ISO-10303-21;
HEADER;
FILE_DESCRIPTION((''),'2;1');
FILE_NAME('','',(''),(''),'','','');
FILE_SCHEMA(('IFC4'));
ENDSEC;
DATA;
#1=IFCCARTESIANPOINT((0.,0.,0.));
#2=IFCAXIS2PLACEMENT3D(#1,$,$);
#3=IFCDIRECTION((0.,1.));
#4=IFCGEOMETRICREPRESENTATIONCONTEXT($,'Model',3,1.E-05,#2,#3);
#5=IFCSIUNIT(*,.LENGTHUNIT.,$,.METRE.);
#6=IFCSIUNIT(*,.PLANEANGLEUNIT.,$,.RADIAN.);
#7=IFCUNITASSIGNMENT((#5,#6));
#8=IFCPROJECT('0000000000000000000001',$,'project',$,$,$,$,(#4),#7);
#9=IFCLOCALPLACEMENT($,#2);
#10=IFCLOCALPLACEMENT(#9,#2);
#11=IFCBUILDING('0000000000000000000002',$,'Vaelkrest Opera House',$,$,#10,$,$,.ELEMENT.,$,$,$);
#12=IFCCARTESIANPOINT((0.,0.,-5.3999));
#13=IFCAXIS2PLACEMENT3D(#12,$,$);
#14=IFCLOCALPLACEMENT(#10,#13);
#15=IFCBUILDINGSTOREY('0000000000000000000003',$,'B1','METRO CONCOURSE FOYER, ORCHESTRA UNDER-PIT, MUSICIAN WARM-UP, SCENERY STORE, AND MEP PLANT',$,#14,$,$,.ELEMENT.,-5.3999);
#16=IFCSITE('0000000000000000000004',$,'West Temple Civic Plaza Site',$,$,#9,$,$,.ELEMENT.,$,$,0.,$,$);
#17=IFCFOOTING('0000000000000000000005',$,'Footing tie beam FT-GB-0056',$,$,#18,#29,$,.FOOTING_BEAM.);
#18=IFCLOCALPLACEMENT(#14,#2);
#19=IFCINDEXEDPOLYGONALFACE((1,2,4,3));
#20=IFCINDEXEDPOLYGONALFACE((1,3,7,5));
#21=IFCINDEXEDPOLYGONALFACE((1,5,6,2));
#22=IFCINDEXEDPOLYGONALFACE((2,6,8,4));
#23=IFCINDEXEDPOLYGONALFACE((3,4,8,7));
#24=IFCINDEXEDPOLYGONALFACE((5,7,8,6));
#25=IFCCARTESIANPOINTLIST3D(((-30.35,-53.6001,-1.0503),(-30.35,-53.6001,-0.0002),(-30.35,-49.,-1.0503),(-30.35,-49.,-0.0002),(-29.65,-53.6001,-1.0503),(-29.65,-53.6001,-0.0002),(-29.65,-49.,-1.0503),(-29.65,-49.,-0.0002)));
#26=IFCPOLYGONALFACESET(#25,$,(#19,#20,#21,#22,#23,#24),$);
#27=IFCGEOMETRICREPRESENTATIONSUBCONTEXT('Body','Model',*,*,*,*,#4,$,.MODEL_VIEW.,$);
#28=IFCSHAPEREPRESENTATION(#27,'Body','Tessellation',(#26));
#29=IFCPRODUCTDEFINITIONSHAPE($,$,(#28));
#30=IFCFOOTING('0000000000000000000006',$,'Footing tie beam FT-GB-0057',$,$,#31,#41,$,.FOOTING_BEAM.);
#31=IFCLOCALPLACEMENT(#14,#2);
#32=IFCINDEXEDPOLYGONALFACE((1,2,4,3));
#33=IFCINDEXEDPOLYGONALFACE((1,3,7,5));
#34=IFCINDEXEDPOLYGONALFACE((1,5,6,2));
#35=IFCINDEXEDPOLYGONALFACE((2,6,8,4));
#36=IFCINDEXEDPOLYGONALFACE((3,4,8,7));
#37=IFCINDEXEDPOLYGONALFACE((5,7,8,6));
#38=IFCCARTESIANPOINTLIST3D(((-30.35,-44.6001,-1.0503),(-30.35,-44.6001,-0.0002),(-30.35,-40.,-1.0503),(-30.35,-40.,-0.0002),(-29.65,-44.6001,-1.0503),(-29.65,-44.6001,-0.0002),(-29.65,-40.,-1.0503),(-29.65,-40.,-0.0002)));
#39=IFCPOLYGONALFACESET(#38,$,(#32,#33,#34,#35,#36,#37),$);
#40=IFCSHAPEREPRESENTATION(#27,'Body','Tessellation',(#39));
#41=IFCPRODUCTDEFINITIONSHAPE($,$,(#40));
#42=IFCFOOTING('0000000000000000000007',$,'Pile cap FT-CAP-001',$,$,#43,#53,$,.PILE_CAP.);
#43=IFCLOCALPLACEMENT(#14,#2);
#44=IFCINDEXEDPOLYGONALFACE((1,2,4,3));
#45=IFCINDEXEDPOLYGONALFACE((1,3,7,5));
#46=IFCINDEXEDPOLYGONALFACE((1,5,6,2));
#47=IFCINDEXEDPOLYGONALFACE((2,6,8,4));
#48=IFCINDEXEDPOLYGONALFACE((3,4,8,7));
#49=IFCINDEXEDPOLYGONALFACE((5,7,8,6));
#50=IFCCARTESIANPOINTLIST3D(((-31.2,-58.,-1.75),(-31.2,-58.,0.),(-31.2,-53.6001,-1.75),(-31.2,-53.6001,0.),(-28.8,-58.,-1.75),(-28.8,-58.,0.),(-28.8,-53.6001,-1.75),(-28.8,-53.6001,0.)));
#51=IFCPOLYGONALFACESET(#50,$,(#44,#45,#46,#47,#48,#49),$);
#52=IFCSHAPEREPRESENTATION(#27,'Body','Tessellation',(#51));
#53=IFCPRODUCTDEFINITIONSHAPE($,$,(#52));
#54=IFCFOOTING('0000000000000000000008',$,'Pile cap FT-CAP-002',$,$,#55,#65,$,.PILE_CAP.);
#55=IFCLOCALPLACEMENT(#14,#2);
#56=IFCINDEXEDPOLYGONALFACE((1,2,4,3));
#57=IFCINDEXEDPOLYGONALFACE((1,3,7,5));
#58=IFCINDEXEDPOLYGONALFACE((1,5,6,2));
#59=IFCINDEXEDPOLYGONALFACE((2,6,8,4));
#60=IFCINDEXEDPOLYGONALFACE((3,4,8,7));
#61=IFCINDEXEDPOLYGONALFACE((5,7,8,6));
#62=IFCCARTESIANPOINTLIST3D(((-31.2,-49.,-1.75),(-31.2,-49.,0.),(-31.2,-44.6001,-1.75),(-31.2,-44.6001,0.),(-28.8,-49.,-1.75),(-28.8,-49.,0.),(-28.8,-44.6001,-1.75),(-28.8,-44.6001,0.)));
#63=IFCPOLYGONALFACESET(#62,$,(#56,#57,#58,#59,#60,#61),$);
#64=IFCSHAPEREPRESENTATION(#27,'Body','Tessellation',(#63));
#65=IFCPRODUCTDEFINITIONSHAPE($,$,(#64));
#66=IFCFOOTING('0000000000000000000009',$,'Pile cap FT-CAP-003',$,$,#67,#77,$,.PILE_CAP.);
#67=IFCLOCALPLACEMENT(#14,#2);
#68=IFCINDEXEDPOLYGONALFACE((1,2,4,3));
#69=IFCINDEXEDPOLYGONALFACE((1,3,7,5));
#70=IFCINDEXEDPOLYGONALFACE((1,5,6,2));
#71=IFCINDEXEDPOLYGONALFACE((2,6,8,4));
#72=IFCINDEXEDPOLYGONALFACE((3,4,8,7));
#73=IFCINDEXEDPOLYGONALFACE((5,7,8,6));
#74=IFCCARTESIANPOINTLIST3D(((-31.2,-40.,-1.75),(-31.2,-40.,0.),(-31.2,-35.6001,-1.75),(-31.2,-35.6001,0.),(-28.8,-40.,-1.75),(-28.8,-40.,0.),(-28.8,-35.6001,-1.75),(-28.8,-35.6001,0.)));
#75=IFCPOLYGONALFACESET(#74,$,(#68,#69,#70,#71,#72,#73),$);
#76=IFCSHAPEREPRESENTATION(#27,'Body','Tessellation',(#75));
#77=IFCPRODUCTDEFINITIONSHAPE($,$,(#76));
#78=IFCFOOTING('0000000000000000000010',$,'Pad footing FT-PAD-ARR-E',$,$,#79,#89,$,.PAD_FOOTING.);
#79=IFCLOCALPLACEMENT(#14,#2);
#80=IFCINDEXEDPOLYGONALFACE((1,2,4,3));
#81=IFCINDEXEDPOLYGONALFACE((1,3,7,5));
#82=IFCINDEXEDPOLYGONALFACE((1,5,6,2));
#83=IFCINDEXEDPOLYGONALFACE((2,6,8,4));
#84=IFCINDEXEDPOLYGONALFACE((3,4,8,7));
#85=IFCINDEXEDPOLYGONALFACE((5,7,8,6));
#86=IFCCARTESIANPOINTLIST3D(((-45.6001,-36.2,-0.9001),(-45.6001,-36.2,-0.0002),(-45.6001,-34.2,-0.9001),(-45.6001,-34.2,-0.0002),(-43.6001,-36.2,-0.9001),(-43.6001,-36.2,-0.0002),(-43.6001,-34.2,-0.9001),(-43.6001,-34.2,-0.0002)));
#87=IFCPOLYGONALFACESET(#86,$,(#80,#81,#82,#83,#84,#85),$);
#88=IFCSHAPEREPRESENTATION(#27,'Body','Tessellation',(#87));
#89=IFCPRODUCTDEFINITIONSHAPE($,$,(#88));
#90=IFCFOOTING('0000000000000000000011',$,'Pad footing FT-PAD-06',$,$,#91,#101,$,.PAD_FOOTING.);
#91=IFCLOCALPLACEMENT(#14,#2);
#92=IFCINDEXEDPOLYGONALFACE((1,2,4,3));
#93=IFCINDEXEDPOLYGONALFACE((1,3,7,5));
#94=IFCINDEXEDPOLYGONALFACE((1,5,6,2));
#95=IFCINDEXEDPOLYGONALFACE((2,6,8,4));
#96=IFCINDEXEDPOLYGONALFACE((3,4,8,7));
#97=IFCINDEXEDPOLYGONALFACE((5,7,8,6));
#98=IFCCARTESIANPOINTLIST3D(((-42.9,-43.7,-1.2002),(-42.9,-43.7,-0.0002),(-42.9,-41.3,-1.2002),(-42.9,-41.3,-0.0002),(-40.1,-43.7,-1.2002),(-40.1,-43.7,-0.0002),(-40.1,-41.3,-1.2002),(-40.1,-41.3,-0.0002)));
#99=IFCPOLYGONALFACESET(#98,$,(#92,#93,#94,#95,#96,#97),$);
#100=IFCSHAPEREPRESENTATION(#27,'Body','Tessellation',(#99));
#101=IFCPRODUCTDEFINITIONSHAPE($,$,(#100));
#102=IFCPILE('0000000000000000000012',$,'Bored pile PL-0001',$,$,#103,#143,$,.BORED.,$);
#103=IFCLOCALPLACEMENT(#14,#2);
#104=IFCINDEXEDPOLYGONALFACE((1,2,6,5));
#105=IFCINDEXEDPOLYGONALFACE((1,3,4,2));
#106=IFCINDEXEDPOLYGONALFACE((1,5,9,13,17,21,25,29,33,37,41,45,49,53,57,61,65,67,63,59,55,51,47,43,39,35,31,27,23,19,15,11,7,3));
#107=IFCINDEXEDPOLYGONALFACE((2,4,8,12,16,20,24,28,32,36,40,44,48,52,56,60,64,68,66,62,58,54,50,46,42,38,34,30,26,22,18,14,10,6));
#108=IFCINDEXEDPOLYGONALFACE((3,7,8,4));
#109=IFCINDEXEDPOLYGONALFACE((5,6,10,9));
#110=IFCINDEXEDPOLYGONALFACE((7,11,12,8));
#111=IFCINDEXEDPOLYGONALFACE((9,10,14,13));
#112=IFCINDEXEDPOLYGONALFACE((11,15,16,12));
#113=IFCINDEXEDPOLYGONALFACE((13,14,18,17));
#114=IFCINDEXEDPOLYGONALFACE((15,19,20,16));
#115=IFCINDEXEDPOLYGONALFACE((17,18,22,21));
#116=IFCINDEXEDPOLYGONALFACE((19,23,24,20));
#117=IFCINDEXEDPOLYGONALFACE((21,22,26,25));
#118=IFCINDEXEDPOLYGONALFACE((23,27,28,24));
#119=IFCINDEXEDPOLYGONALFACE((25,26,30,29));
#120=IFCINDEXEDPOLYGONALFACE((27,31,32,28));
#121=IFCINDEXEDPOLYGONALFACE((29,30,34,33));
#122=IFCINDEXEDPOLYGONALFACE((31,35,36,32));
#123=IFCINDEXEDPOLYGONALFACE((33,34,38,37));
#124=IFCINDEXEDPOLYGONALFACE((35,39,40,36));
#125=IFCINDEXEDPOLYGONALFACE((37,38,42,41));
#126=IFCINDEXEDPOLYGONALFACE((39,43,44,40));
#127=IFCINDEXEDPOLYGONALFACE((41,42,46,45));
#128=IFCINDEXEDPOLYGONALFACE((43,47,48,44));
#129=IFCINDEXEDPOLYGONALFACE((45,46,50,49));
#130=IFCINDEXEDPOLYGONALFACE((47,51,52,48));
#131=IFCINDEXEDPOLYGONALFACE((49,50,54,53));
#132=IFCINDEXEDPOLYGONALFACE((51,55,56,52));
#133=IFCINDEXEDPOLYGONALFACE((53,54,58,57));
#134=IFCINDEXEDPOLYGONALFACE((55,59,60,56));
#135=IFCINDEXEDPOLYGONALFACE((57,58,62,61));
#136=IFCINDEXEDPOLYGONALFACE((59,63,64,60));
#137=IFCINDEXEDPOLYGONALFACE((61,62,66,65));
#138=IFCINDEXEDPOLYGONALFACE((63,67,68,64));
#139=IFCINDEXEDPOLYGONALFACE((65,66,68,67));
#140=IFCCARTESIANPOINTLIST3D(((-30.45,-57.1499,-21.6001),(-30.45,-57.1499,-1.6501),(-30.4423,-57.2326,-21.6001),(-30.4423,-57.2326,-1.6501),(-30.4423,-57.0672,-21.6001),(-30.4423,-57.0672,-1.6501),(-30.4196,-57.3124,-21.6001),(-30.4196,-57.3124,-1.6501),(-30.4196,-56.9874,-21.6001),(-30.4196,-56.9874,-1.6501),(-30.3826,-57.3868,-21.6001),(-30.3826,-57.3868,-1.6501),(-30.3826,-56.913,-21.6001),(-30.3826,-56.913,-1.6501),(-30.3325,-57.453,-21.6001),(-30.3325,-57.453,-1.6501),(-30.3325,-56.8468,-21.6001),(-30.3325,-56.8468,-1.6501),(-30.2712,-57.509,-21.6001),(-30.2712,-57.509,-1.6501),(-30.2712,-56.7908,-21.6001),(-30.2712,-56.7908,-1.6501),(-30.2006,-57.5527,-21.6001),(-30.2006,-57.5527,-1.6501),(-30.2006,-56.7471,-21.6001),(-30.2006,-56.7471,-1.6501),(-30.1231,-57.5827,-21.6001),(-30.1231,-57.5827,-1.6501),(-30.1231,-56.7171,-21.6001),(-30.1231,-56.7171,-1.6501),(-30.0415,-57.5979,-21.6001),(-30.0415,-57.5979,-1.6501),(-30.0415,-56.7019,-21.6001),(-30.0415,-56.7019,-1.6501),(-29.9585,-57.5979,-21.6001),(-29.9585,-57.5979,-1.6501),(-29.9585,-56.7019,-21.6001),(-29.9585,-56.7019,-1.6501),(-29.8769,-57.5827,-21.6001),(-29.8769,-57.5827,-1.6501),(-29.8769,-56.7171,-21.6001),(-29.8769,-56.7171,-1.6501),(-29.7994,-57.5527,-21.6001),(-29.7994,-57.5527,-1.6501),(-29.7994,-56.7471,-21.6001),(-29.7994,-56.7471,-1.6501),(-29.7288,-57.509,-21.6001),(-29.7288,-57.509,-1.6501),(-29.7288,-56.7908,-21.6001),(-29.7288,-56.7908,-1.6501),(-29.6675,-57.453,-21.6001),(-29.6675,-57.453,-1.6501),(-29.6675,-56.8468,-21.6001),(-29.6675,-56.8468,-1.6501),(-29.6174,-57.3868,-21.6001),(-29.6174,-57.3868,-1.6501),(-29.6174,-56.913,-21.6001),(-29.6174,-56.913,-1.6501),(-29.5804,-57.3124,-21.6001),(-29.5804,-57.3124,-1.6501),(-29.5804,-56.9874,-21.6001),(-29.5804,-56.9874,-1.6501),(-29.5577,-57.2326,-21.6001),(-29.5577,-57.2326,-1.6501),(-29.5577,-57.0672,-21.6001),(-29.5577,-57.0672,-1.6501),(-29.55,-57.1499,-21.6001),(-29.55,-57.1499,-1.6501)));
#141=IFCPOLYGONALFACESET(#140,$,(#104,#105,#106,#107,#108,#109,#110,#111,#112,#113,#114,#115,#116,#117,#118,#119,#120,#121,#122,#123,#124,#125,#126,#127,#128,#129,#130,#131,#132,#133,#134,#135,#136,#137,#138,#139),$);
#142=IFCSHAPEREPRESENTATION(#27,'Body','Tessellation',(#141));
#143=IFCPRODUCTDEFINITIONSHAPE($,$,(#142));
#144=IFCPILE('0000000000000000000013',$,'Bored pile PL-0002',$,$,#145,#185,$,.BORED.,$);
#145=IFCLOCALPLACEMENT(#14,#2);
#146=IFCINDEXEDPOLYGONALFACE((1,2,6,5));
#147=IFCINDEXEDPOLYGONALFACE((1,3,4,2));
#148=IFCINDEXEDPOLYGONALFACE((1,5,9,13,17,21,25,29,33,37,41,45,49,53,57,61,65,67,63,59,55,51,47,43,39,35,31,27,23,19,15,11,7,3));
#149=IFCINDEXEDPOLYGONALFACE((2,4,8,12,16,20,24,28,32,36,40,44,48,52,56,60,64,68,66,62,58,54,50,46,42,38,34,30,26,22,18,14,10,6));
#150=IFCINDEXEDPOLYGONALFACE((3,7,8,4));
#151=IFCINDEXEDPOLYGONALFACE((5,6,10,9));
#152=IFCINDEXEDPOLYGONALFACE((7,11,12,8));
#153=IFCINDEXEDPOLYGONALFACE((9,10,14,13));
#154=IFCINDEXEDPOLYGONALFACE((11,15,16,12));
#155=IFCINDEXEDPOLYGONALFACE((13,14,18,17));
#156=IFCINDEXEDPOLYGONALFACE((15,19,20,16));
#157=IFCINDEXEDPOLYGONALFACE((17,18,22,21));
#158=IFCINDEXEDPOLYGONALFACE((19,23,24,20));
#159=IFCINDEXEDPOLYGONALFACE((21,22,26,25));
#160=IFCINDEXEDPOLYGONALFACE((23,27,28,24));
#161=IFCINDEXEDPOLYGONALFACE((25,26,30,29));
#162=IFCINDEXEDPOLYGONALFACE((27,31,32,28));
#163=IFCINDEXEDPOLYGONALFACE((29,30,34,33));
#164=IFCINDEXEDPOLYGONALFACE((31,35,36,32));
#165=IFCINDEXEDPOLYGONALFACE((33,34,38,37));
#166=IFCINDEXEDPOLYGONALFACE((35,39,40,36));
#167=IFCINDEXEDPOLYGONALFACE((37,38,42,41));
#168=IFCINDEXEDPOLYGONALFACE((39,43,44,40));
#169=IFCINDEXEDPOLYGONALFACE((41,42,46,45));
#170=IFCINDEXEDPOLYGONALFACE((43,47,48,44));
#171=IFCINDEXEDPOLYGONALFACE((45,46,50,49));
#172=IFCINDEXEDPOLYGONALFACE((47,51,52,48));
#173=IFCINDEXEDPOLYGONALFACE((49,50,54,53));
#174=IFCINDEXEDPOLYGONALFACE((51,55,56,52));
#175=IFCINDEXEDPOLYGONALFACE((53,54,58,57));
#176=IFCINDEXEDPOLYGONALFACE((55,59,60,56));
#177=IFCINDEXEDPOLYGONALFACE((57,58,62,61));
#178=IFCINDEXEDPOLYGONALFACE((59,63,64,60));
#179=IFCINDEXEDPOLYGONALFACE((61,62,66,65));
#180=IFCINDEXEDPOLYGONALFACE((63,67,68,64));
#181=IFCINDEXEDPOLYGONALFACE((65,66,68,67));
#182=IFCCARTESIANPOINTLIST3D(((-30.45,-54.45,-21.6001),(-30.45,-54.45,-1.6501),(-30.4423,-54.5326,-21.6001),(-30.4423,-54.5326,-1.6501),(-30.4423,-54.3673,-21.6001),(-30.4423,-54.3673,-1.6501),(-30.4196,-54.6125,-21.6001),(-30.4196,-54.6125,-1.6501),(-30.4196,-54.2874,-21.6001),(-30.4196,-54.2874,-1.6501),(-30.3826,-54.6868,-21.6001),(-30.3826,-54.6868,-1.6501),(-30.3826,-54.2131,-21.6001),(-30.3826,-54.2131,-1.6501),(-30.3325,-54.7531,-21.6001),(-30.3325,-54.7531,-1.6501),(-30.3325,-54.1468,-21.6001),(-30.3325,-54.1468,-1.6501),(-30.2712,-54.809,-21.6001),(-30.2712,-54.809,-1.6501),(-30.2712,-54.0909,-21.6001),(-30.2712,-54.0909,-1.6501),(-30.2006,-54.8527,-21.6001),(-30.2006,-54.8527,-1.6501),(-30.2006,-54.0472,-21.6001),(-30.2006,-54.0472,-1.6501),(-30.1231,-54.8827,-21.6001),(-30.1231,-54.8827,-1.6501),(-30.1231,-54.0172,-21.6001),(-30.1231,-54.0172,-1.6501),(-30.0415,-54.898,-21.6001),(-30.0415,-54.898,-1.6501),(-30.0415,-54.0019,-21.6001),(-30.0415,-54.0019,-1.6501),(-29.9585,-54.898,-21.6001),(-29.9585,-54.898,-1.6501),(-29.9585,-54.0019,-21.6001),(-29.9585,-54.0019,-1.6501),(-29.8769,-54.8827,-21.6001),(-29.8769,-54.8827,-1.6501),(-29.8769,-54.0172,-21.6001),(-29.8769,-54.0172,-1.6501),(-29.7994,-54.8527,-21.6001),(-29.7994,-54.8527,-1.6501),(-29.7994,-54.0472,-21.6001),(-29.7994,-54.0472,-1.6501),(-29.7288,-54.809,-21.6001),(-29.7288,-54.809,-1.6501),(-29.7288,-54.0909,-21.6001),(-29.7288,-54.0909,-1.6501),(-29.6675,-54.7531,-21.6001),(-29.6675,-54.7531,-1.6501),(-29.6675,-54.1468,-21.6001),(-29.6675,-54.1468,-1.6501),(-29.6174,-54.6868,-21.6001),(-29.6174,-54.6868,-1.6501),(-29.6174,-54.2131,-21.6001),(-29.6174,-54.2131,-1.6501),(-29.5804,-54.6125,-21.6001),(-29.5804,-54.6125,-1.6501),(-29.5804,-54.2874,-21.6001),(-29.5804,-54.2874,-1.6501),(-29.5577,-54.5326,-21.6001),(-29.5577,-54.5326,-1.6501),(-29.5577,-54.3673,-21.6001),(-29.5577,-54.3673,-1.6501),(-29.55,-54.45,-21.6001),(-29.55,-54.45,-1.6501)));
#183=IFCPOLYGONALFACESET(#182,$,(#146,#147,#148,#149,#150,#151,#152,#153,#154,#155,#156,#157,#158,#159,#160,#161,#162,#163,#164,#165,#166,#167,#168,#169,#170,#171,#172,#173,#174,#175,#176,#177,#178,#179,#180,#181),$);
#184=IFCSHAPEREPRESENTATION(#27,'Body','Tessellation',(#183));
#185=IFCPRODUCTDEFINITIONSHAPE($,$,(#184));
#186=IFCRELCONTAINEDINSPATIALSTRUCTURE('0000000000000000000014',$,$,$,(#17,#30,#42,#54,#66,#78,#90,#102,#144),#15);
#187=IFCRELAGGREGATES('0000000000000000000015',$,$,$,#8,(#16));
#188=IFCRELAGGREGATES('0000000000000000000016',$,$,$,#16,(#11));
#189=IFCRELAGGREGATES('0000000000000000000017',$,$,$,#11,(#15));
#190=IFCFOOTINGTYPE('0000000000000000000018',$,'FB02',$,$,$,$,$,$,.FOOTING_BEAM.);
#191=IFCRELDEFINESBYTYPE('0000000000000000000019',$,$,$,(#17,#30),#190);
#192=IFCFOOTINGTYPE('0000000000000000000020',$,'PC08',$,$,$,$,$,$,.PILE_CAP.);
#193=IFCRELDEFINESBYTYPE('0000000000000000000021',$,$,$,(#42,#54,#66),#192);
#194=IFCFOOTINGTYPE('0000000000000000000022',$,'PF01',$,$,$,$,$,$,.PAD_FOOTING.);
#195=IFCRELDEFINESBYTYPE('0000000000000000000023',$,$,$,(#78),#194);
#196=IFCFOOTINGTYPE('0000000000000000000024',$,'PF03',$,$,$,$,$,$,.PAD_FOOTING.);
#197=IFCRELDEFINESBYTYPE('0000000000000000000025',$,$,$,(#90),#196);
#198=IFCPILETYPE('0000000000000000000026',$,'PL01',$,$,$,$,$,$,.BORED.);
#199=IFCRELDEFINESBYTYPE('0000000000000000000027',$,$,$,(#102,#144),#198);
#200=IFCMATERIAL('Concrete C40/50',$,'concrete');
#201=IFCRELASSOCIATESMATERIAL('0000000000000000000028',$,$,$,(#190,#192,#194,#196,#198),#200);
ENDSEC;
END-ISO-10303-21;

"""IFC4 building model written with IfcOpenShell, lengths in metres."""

from ifc_helpers import new_model, si_unit, direction, frame, origin, origin_2d, place, context, subcontext, project, spatial, rectangle, circle, extrude, material, material_profile, profile_set, type_object, element, save


model = new_model("IFC4")

# Units and contexts
model_context = context("Model", 3, precision=1e-05, world=origin(), true_north=direction((0.0, 1.0)))
body_context = subcontext(model_context, "Body", "Model", "MODEL_VIEW")
ifc_project = project(units=[si_unit("LENGTHUNIT", "METRE"), si_unit("PLANEANGLEUNIT", "RADIAN")], contexts=[model_context])

# Site, building, storey
site_placement = place(None, origin())
site = spatial("IfcSite", under=ifc_project, at=site_placement, Name="West Temple Civic Plaza Site", CompositionType="ELEMENT", RefElevation=0.0)
building_placement = place(site_placement, origin())
building = spatial("IfcBuilding", under=site, at=building_placement, Name="Vaelkrest Opera House", CompositionType="ELEMENT")
storey_placement = place(building_placement, frame((0.0, 0.0, -5.3999)))
storey = spatial("IfcBuildingStorey", under=building, at=storey_placement, Name="B1", Description="METRO CONCOURSE FOYER, ORCHESTRA UNDER-PIT, MUSICIAN WARM-UP, SCENERY STORE, AND MEP PLANT", CompositionType="ELEMENT", Elevation=-5.3999)

# Footings
ifc_material_1 = material(Name="Concrete C40/50", Category="concrete")
footing_type_1 = type_object("IfcFootingType", Name="FB02", PredefinedType="FOOTING_BEAM", material=ifc_material_1)
for number, where, z_axis, x_axis, name in (
    (1, (-30.0, -51.3, -1.0503), (0.0, 0.0, 1.0), (0.0, 1.0, 0.0), "Footing tie beam FT-GB-0056"),
    (2, (-30.0, -42.3, -1.0503), (0.0, 0.0, 1.0), (0.0, 1.0, 0.0), "Footing tie beam FT-GB-0057"),
):
    element("IfcFooting", number, at=place(storey_placement, frame(where, z_axis=z_axis, x_axis=x_axis)), inside=storey, type_object=footing_type_1, Name=name, PredefinedType="FOOTING_BEAM", context=body_context, shape_type="SweptSolid", body=[
        extrude(rectangle(XDim=4.6001, YDim=0.7, at=origin_2d()), origin(), (0.0, 0.0, 1.0), 1.05),
    ])
footing_type_2 = type_object("IfcFootingType", Name="PC08", PredefinedType="PILE_CAP", material=ifc_material_1)
for number, where, z_axis, x_axis, name in (
    (3, (-30.0, -55.8, -1.75), (0.0, 0.0, 1.0), (1.0, 0.0, 0.0), "Pile cap FT-CAP-001"),
    (4, (-30.0, -46.8, -1.75), (0.0, 0.0, 1.0), (1.0, 0.0, 0.0), "Pile cap FT-CAP-002"),
    (5, (-30.0, -37.8, -1.75), (0.0, 0.0, 1.0), (1.0, 0.0, 0.0), "Pile cap FT-CAP-003"),
):
    element("IfcFooting", number, at=place(storey_placement, frame(where, z_axis=z_axis, x_axis=x_axis)), inside=storey, type_object=footing_type_2, Name=name, PredefinedType="PILE_CAP", context=body_context, shape_type="SweptSolid", body=[
        extrude(rectangle(XDim=2.3999, YDim=4.3999, at=origin_2d()), origin(), (0.0, 0.0, 1.0), 1.75),
    ])
footing_type_3 = type_object("IfcFootingType", Name="PF01", PredefinedType="PAD_FOOTING", material=ifc_material_1)
footing_1_placement = place(storey_placement, frame((-44.6001, -35.2, -0.9001), z_axis=(0.0, 0.0, 1.0), x_axis=(1.0, 0.0, 0.0)))
element("IfcFooting", 6, at=footing_1_placement, inside=storey, type_object=footing_type_3, Name="Pad footing FT-PAD-ARR-E", PredefinedType="PAD_FOOTING", context=body_context, shape_type="SweptSolid", body=[
    extrude(rectangle(XDim=2.0, YDim=2.0, at=origin_2d()), origin(), (0.0, 0.0, 1.0), 0.8999),
])
footing_type_4 = type_object("IfcFootingType", Name="PF03", PredefinedType="PAD_FOOTING", material=ifc_material_1)
footing_2_placement = place(storey_placement, frame((-41.5, -42.5, -1.2002), z_axis=(0.0, 0.0, 1.0), x_axis=(1.0, 0.0, 0.0)))
element("IfcFooting", 7, at=footing_2_placement, inside=storey, type_object=footing_type_4, Name="Pad footing FT-PAD-06", PredefinedType="PAD_FOOTING", context=body_context, shape_type="SweptSolid", body=[
    extrude(rectangle(XDim=2.8, YDim=2.3999, at=origin_2d()), origin(), (0.0, 0.0, 1.0), 1.2),
])

# Piles
ifc_material_profile_1 = material_profile(ifc_material_1, circle(Radius=0.45, at=origin_2d()), Name="PILE900")
ifc_profile_set_1 = profile_set([ifc_material_profile_1], Name="Concrete C40/50")
pile_type = type_object("IfcPileType", Name="PL01", PredefinedType="BORED", material=ifc_profile_set_1)
for number, where, z_axis, x_axis, name in (
    (8, (-30.0, -57.1499, -1.6501), (0.0, 0.0, -1.0), (1.0, 0.0, 0.0), "Bored pile PL-0001"),
    (9, (-30.0, -54.45, -1.6501), (0.0, 0.0, -1.0), (1.0, 0.0, 0.0), "Bored pile PL-0002"),
):
    element("IfcPile", number, at=place(storey_placement, frame(where, z_axis=z_axis, x_axis=x_axis)), inside=storey, type_object=pile_type, Name=name, PredefinedType="BORED", context=body_context, shape_type="SweptSolid", body=[
        extrude(circle(Radius=0.45, at=origin_2d()), origin(), (0.0, 0.0, 1.0), 19.95),
    ])

save(model, "model.ifc")
